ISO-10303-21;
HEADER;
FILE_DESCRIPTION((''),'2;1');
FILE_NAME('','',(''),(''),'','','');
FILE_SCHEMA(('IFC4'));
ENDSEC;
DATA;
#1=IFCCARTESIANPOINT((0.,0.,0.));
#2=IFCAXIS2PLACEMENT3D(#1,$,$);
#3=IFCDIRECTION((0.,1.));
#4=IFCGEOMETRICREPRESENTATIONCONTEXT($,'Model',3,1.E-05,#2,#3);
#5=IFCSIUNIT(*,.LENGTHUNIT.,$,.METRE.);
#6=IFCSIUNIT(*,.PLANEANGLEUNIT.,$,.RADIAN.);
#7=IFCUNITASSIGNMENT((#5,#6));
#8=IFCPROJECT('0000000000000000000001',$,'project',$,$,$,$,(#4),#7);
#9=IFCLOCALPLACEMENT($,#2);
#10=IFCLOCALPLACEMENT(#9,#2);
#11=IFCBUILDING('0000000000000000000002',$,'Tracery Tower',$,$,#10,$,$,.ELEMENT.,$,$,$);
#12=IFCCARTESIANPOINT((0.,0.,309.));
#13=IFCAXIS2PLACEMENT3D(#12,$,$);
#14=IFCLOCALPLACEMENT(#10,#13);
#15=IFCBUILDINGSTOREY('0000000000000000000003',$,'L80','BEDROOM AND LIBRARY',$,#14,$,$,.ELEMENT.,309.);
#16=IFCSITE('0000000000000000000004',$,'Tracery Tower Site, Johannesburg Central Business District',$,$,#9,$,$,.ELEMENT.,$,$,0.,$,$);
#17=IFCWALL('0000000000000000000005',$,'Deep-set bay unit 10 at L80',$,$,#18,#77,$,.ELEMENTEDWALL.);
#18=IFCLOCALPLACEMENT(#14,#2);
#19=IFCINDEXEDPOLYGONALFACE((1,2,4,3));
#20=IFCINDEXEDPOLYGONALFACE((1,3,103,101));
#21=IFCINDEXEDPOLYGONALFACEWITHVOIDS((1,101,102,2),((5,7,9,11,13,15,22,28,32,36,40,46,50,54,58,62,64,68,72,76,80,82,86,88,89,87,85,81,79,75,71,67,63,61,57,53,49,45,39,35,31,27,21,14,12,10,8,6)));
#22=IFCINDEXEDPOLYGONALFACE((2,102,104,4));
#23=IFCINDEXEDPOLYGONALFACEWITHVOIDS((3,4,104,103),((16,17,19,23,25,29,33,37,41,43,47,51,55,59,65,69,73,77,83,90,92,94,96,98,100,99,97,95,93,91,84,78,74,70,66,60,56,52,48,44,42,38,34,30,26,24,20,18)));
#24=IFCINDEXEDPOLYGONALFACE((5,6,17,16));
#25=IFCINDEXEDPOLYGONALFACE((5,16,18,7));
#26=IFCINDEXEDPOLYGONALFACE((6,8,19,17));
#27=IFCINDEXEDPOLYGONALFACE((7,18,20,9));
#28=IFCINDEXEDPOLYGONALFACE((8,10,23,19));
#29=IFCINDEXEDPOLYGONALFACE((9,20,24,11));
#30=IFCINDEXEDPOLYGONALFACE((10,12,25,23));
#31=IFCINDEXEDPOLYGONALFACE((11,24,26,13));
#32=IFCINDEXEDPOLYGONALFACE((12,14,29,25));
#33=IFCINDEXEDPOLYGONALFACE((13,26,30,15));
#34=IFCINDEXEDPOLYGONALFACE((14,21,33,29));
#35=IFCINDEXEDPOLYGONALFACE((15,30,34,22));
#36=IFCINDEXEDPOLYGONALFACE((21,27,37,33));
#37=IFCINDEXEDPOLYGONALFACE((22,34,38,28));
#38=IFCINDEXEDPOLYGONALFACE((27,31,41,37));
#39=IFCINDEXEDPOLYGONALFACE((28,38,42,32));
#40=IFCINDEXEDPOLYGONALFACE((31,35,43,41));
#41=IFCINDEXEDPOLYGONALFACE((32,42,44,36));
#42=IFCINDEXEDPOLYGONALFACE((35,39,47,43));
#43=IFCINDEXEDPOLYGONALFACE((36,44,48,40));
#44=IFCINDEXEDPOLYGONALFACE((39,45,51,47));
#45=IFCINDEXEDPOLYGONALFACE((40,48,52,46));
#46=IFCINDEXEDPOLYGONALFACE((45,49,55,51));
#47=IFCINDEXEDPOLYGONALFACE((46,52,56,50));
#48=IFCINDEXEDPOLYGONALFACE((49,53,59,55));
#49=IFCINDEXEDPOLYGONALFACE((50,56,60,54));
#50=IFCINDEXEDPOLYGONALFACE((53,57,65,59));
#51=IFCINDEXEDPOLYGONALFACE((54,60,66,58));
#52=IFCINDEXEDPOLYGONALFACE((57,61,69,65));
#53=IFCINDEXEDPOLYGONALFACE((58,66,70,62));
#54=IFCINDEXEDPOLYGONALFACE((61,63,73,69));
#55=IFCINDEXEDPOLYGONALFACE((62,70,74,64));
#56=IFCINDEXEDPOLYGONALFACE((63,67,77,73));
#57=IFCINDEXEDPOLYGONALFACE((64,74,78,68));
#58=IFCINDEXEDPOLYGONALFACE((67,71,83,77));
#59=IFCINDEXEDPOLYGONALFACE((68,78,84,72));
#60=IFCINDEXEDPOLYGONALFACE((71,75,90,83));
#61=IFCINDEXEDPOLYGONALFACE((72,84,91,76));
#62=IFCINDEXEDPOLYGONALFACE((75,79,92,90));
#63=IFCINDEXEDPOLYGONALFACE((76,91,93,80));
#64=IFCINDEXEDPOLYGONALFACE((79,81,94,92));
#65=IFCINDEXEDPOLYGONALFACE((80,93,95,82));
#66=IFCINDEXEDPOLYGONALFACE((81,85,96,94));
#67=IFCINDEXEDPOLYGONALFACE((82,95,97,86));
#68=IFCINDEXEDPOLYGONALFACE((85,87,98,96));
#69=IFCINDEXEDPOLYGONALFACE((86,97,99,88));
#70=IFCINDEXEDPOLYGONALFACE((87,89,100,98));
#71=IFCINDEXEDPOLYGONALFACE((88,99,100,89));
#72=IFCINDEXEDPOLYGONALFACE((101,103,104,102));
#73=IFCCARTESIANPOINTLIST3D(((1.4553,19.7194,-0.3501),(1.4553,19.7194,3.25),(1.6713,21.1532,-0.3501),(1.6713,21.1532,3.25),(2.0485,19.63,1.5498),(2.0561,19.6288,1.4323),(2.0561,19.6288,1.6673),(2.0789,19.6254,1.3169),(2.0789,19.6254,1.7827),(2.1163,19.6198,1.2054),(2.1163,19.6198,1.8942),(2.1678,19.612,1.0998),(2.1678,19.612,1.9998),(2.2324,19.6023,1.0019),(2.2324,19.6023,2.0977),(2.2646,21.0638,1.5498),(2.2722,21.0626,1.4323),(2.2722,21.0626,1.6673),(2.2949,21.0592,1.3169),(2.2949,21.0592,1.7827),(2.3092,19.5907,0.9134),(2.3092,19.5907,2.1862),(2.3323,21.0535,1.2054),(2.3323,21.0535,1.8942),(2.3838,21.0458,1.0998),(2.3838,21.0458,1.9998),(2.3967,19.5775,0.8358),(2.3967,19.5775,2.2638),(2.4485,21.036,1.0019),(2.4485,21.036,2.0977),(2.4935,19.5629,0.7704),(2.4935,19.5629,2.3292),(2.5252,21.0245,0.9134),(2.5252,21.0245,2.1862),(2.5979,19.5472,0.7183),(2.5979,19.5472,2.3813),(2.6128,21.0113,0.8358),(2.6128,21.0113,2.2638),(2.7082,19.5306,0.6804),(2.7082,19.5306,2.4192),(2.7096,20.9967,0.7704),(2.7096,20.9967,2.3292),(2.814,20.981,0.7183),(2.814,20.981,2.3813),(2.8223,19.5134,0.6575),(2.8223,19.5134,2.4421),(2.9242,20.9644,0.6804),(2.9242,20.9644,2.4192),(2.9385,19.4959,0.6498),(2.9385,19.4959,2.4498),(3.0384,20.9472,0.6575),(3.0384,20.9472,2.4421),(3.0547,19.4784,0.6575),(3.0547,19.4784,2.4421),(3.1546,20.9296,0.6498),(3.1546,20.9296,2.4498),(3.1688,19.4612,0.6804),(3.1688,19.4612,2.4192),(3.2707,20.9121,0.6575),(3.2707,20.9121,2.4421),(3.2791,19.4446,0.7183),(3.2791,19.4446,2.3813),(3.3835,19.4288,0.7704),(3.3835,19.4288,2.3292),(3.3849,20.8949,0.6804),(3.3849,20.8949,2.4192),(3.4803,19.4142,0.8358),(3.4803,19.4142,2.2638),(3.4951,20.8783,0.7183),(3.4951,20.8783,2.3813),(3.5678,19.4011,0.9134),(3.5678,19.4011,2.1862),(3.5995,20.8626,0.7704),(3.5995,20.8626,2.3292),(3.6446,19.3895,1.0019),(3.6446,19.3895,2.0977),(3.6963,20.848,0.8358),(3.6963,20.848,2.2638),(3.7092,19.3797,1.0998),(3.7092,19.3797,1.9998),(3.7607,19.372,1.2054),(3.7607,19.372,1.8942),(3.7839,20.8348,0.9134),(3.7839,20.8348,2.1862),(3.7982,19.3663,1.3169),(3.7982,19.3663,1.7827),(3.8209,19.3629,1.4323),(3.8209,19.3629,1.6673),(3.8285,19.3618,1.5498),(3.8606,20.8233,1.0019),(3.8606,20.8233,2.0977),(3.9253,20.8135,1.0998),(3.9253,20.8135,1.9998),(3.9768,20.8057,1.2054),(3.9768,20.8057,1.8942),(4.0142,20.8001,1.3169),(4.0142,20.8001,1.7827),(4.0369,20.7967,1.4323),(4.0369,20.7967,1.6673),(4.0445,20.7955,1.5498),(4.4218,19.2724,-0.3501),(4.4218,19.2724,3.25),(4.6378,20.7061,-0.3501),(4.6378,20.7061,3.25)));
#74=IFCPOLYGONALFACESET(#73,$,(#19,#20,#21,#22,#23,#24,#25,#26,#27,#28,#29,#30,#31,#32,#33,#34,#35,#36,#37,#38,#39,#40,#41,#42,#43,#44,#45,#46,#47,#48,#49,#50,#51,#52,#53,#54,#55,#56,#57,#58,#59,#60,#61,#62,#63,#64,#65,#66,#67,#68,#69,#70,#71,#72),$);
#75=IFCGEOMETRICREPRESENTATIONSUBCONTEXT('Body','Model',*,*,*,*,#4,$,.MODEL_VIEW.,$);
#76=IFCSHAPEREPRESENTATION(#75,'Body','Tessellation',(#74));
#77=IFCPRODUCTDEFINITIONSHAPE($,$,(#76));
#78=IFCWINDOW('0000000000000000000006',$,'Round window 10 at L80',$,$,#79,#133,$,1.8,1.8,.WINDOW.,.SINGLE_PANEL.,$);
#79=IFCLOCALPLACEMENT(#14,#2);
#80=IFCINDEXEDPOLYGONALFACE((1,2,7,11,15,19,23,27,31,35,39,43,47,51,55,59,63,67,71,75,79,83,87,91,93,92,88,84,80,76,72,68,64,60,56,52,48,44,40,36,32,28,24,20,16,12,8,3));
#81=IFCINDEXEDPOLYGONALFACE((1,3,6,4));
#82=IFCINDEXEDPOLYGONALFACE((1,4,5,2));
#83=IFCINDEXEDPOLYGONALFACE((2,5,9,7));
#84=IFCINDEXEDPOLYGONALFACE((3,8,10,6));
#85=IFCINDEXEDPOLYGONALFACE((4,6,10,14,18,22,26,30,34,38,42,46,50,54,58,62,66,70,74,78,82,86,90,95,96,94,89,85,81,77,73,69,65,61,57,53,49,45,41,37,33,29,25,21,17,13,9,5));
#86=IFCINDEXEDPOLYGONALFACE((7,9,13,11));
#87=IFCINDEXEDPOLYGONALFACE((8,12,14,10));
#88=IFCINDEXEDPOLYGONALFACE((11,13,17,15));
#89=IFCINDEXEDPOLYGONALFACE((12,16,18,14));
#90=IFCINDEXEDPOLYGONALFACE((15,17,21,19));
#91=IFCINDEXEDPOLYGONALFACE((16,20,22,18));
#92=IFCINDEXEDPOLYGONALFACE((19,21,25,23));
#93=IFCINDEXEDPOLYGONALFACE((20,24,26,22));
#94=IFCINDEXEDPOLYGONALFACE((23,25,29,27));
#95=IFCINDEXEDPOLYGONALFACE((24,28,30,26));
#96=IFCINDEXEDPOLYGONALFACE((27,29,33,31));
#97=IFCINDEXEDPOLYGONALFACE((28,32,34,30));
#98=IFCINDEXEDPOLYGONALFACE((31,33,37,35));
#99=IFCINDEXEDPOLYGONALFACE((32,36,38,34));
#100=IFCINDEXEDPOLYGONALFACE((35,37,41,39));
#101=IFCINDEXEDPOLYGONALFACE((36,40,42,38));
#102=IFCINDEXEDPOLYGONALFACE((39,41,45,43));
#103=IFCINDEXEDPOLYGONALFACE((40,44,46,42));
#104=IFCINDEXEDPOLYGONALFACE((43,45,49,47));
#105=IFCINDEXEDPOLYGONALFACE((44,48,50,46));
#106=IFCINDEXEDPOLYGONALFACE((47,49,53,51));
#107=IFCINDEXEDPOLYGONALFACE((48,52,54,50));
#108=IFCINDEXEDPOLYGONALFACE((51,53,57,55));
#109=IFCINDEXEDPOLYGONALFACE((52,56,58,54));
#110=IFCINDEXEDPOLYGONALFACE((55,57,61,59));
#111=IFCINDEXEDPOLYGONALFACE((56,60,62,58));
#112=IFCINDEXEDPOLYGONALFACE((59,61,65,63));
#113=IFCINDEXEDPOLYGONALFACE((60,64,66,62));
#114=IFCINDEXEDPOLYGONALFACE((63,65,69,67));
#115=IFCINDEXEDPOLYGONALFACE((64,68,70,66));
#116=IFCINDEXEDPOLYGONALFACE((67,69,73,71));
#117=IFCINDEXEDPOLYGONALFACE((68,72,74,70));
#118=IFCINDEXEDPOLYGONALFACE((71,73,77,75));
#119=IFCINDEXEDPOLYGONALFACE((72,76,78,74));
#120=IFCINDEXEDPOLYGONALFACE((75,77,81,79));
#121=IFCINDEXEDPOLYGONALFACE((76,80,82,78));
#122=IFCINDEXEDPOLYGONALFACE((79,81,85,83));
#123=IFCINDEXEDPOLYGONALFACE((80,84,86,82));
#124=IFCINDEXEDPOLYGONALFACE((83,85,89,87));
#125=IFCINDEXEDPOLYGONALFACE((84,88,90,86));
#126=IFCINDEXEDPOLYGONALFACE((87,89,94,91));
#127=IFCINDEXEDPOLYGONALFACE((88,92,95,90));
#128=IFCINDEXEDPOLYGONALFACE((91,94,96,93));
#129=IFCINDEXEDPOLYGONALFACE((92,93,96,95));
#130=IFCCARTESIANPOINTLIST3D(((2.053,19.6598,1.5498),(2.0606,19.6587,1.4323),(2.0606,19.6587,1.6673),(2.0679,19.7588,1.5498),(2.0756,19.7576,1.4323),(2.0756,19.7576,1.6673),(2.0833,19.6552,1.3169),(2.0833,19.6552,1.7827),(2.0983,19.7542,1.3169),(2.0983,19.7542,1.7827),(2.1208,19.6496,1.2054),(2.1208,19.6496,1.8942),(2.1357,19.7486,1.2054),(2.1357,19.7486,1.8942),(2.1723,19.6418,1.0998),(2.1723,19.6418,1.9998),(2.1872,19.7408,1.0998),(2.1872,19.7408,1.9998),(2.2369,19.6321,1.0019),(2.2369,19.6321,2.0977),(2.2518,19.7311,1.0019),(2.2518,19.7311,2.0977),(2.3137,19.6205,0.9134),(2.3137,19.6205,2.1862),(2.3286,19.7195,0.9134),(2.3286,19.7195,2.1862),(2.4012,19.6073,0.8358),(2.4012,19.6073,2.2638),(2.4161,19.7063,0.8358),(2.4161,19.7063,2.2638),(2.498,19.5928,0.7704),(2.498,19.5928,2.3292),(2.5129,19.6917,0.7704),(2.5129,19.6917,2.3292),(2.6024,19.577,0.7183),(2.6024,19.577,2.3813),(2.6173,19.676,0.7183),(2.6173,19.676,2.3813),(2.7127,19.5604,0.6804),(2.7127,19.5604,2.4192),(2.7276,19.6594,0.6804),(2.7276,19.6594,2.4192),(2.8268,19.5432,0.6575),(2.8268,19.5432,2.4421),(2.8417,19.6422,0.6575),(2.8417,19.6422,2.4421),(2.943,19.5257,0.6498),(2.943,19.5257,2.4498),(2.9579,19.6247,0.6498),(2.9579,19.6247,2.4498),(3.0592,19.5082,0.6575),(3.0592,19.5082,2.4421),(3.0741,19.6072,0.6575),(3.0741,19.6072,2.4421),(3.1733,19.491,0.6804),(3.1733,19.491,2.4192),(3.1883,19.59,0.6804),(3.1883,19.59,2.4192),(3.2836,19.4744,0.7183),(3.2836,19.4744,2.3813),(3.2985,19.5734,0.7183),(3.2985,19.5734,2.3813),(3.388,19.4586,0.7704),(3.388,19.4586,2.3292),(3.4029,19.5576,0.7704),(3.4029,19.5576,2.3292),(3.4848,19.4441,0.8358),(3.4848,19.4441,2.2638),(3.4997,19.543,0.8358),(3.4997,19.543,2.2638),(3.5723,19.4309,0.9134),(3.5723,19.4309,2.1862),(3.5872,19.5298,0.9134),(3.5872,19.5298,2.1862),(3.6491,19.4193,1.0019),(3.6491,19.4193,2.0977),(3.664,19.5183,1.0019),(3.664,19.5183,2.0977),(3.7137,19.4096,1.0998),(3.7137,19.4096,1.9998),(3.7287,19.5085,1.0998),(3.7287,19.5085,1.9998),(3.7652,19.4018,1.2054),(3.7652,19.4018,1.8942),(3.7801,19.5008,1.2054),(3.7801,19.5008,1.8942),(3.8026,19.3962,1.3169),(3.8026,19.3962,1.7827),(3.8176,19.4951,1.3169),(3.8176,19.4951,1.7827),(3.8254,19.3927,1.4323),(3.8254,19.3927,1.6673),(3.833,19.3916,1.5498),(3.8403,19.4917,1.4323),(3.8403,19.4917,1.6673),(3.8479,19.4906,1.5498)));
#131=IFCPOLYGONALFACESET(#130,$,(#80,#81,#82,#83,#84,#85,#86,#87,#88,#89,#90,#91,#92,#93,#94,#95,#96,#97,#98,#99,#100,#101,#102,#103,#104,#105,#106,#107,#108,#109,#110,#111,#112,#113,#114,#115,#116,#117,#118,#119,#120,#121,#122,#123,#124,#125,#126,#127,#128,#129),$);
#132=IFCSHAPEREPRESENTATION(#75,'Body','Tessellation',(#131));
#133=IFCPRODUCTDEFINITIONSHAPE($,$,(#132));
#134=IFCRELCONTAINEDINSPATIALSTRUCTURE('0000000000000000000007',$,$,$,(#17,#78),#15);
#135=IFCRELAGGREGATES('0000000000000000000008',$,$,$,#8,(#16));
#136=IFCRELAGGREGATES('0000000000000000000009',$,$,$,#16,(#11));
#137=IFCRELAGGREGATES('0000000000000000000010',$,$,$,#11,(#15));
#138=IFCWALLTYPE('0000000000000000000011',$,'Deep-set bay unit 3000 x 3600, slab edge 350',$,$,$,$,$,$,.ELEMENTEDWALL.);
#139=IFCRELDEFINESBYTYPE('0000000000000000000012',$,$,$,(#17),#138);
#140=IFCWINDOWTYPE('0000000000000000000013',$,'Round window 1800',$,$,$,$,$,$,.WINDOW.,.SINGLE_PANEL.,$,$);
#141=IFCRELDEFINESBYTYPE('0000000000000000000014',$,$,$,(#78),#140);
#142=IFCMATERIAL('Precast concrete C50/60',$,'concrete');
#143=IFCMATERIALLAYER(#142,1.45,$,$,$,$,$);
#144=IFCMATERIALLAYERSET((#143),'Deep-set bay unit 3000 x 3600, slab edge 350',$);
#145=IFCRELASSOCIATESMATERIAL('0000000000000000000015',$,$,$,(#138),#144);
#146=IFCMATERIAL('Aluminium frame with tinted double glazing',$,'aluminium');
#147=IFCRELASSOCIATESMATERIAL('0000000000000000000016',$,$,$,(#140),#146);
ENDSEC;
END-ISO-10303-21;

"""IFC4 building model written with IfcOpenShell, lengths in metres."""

from ifc_helpers import new_model, si_unit, direction, frame, frame_2d, origin, origin_2d, place, context, subcontext, project, spatial, rectangle, circle, extrude, material, layer, layer_set, type_object, element, fill, save


model = new_model("IFC4")

# Units and contexts
model_context = context("Model", 3, precision=1e-05, world=origin(), true_north=direction((0.0, 1.0)))
body_context = subcontext(model_context, "Body", "Model", "MODEL_VIEW")
ifc_project = project(units=[si_unit("LENGTHUNIT", "METRE"), si_unit("PLANEANGLEUNIT", "RADIAN")], contexts=[model_context])

# Site, building, storey
site_placement = place(None, origin())
site = spatial("IfcSite", under=ifc_project, at=site_placement, Name="Tracery Tower Site, Johannesburg Central Business District", CompositionType="ELEMENT", RefElevation=0.0)
building_placement = place(site_placement, origin())
building = spatial("IfcBuilding", under=site, at=building_placement, Name="Tracery Tower", CompositionType="ELEMENT")
storey_placement = place(building_placement, frame((0.0, 0.0, 309.0)))
storey = spatial("IfcBuildingStorey", under=building, at=storey_placement, Name="L80", Description="BEDROOM AND LIBRARY", CompositionType="ELEMENT", Elevation=309.0)

# Wall, opening, window
ifc_material_1 = material(Name="Precast concrete C50/60", Category="concrete")
ifc_layer_1 = layer(ifc_material_1, 1.45)
ifc_layer_set_1 = layer_set([ifc_layer_1], Name="Deep-set bay unit 3000 x 3600, slab edge 350")
wall_type_1 = type_object("IfcWallType", Name="Deep-set bay unit 3000 x 3600, slab edge 350", PredefinedType="ELEMENTEDWALL", material=ifc_layer_set_1)
wall_1_placement = place(storey_placement, frame((4.5298, 19.9893, -0.3501), z_axis=(0.0, 0.0, 1.0), x_axis=(-0.988836, 0.149005, 0.0)))
wall_1 = element("IfcWall", 1, at=wall_1_placement, inside=storey, type_object=wall_type_1, Name="Deep-set bay unit 10 at L80", PredefinedType="ELEMENTEDWALL", context=body_context, shape_type="SweptSolid", body=[
    extrude(rectangle(XDim=3.0, YDim=1.45, at=frame_2d((1.5, 0.0))), origin(), (0.0, 0.0, 1.0), 3.6001),
])
opening_1_placement = place(wall_1_placement, frame((1.5, 0.0, 1.8999)))
opening_1 = element("IfcOpeningElement", 2, at=opening_1_placement, cuts=wall_1, PredefinedType="OPENING", context=body_context, shape_type="SweptSolid", body=[
    extrude(circle(Radius=0.9, at=origin_2d()), frame((0.0, 0.7349, 0.0), z_axis=(0.0, -1.0, 0.0), x_axis=(1.0, 0.0, 0.0)), (0.0, 0.0, 1.0), 1.47),
])
ifc_material_2 = material(Name="Aluminium frame with tinted double glazing", Category="aluminium")
window_type = type_object("IfcWindowType", Name="Round window 1800", PartitioningType="SINGLE_PANEL", PredefinedType="WINDOW", material=ifc_material_2)
window_1_placement = place(opening_1_placement, origin())
window_1 = element("IfcWindow", 3, at=window_1_placement, inside=storey, type_object=window_type, Name="Round window 10 at L80", OverallHeight=1.8, OverallWidth=1.8, PartitioningType="SINGLE_PANEL", PredefinedType="WINDOW", context=body_context, shape_type="SweptSolid", body=[
    extrude(circle(Radius=0.9, at=origin_2d()), frame((0.0, 0.6948, 0.0), z_axis=(0.0, -1.0, 0.0), x_axis=(1.0, 0.0, 0.0)), (0.0, 0.0, 1.0), 0.1001),
])
fill(opening_1, window_1)

save(model, "model.ifc")
